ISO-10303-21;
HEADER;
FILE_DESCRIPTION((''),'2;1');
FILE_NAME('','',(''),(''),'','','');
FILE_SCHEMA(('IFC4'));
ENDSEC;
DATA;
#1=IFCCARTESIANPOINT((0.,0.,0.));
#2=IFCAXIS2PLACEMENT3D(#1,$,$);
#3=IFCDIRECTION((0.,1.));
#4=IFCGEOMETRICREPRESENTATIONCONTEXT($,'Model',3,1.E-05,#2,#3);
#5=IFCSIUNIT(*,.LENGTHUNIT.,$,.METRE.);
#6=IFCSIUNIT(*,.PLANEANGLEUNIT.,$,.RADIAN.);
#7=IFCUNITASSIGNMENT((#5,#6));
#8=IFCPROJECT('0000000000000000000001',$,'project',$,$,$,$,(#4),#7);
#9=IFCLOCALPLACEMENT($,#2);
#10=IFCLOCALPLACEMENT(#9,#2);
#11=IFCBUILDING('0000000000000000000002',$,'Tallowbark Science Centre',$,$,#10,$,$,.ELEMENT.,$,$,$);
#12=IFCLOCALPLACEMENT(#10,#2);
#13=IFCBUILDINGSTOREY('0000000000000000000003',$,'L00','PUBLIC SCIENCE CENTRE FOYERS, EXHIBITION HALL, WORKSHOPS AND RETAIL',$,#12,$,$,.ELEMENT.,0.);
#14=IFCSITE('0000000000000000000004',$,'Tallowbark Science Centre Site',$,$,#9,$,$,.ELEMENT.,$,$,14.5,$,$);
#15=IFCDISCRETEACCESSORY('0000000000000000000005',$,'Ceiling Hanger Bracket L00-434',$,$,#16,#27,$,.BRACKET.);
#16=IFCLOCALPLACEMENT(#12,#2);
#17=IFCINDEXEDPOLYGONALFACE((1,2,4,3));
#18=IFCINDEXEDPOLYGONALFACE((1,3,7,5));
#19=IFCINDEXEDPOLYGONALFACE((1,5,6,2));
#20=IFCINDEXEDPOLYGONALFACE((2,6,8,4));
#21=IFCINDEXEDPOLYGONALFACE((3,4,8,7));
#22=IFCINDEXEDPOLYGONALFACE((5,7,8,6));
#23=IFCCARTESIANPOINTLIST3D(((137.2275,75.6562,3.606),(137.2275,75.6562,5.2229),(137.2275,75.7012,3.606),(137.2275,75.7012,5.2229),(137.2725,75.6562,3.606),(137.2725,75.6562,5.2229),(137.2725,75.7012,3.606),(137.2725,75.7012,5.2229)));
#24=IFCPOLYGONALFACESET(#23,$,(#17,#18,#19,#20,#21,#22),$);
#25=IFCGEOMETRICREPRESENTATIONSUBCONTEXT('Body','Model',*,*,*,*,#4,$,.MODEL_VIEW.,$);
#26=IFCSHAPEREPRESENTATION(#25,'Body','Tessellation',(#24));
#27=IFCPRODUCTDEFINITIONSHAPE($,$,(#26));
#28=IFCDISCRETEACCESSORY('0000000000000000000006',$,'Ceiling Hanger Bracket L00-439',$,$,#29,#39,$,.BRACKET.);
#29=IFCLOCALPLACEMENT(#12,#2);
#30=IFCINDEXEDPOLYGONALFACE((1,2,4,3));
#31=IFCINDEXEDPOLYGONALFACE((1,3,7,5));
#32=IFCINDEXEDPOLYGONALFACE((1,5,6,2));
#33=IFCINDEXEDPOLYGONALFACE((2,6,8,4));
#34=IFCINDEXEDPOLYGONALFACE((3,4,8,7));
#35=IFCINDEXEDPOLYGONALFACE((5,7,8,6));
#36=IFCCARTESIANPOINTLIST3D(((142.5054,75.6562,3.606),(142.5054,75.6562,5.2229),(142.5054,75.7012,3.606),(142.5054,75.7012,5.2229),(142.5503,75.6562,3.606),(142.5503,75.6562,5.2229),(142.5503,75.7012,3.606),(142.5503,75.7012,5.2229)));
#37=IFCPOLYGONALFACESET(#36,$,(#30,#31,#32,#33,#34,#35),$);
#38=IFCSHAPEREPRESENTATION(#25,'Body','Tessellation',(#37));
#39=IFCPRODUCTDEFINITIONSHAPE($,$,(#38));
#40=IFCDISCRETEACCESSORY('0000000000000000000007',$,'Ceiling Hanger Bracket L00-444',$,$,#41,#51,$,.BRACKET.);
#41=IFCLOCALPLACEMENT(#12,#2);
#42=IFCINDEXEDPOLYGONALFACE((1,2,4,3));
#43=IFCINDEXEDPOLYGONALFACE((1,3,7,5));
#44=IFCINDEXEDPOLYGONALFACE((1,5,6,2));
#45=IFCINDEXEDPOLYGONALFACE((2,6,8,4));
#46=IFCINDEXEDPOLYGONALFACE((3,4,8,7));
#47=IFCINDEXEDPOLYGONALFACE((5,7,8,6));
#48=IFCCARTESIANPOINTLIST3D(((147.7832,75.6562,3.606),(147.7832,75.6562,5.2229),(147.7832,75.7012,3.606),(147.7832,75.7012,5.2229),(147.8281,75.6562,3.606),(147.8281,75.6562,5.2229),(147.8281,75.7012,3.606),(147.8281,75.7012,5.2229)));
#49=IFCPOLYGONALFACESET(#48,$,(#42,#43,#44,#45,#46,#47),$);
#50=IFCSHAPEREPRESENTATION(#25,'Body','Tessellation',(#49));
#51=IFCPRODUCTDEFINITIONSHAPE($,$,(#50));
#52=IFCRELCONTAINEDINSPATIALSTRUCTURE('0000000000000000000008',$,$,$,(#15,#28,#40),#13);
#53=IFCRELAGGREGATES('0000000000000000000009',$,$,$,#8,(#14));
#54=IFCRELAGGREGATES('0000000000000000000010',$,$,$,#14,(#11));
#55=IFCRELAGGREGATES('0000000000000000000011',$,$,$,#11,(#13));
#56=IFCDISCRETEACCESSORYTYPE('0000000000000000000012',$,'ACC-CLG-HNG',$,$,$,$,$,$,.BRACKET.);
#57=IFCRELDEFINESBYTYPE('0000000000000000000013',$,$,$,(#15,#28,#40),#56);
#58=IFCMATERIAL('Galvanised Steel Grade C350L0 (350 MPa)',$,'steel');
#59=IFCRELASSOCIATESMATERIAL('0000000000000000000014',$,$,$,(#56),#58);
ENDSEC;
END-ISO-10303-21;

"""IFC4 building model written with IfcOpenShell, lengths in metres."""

from ifc_helpers import new_model, si_unit, direction, frame, origin, origin_2d, place, context, subcontext, project, spatial, rectangle, extrude, material, type_object, element, save


model = new_model("IFC4")

# Units and contexts
model_context = context("Model", 3, precision=1e-05, world=origin(), true_north=direction((0.0, 1.0)))
body_context = subcontext(model_context, "Body", "Model", "MODEL_VIEW")
ifc_project = project(units=[si_unit("LENGTHUNIT", "METRE"), si_unit("PLANEANGLEUNIT", "RADIAN")], contexts=[model_context])

# Site, building, storey
site_placement = place(None, origin())
site = spatial("IfcSite", under=ifc_project, at=site_placement, Name="Tallowbark Science Centre Site", CompositionType="ELEMENT", RefElevation=14.5)
building_placement = place(site_placement, origin())
building = spatial("IfcBuilding", under=site, at=building_placement, Name="Tallowbark Science Centre", CompositionType="ELEMENT")
storey_placement = place(building_placement, origin())
storey = spatial("IfcBuildingStorey", under=building, at=storey_placement, Name="L00", Description="PUBLIC SCIENCE CENTRE FOYERS, EXHIBITION HALL, WORKSHOPS AND RETAIL", CompositionType="ELEMENT", Elevation=0.0)

# Discrete accessories
ifc_material_1 = material(Name="Galvanised Steel Grade C350L0 (350 MPa)", Category="steel")
discrete_accessory_type = type_object("IfcDiscreteAccessoryType", Name="ACC-CLG-HNG", PredefinedType="BRACKET", material=ifc_material_1)
for number, where, z_axis, x_axis, name in (
    (1, (137.25, 75.6787, 3.606), (0.0, 0.0, 1.0), (1.0, 0.0, 0.0), "Ceiling Hanger Bracket L00-434"),
    (2, (142.5278, 75.6787, 3.606), (0.0, 0.0, 1.0), (1.0, 0.0, 0.0), "Ceiling Hanger Bracket L00-439"),
    (3, (147.8057, 75.6787, 3.606), (0.0, 0.0, 1.0), (1.0, 0.0, 0.0), "Ceiling Hanger Bracket L00-444"),
):
    element("IfcDiscreteAccessory", number, at=place(storey_placement, frame(where, z_axis=z_axis, x_axis=x_axis)), inside=storey, type_object=discrete_accessory_type, Name=name, PredefinedType="BRACKET", context=body_context, shape_type="SweptSolid", body=[
        extrude(rectangle(XDim=0.0449, YDim=0.0449, at=origin_2d()), origin(), (0.0, 0.0, 1.0), 1.6169),
    ])

save(model, "model.ifc")
